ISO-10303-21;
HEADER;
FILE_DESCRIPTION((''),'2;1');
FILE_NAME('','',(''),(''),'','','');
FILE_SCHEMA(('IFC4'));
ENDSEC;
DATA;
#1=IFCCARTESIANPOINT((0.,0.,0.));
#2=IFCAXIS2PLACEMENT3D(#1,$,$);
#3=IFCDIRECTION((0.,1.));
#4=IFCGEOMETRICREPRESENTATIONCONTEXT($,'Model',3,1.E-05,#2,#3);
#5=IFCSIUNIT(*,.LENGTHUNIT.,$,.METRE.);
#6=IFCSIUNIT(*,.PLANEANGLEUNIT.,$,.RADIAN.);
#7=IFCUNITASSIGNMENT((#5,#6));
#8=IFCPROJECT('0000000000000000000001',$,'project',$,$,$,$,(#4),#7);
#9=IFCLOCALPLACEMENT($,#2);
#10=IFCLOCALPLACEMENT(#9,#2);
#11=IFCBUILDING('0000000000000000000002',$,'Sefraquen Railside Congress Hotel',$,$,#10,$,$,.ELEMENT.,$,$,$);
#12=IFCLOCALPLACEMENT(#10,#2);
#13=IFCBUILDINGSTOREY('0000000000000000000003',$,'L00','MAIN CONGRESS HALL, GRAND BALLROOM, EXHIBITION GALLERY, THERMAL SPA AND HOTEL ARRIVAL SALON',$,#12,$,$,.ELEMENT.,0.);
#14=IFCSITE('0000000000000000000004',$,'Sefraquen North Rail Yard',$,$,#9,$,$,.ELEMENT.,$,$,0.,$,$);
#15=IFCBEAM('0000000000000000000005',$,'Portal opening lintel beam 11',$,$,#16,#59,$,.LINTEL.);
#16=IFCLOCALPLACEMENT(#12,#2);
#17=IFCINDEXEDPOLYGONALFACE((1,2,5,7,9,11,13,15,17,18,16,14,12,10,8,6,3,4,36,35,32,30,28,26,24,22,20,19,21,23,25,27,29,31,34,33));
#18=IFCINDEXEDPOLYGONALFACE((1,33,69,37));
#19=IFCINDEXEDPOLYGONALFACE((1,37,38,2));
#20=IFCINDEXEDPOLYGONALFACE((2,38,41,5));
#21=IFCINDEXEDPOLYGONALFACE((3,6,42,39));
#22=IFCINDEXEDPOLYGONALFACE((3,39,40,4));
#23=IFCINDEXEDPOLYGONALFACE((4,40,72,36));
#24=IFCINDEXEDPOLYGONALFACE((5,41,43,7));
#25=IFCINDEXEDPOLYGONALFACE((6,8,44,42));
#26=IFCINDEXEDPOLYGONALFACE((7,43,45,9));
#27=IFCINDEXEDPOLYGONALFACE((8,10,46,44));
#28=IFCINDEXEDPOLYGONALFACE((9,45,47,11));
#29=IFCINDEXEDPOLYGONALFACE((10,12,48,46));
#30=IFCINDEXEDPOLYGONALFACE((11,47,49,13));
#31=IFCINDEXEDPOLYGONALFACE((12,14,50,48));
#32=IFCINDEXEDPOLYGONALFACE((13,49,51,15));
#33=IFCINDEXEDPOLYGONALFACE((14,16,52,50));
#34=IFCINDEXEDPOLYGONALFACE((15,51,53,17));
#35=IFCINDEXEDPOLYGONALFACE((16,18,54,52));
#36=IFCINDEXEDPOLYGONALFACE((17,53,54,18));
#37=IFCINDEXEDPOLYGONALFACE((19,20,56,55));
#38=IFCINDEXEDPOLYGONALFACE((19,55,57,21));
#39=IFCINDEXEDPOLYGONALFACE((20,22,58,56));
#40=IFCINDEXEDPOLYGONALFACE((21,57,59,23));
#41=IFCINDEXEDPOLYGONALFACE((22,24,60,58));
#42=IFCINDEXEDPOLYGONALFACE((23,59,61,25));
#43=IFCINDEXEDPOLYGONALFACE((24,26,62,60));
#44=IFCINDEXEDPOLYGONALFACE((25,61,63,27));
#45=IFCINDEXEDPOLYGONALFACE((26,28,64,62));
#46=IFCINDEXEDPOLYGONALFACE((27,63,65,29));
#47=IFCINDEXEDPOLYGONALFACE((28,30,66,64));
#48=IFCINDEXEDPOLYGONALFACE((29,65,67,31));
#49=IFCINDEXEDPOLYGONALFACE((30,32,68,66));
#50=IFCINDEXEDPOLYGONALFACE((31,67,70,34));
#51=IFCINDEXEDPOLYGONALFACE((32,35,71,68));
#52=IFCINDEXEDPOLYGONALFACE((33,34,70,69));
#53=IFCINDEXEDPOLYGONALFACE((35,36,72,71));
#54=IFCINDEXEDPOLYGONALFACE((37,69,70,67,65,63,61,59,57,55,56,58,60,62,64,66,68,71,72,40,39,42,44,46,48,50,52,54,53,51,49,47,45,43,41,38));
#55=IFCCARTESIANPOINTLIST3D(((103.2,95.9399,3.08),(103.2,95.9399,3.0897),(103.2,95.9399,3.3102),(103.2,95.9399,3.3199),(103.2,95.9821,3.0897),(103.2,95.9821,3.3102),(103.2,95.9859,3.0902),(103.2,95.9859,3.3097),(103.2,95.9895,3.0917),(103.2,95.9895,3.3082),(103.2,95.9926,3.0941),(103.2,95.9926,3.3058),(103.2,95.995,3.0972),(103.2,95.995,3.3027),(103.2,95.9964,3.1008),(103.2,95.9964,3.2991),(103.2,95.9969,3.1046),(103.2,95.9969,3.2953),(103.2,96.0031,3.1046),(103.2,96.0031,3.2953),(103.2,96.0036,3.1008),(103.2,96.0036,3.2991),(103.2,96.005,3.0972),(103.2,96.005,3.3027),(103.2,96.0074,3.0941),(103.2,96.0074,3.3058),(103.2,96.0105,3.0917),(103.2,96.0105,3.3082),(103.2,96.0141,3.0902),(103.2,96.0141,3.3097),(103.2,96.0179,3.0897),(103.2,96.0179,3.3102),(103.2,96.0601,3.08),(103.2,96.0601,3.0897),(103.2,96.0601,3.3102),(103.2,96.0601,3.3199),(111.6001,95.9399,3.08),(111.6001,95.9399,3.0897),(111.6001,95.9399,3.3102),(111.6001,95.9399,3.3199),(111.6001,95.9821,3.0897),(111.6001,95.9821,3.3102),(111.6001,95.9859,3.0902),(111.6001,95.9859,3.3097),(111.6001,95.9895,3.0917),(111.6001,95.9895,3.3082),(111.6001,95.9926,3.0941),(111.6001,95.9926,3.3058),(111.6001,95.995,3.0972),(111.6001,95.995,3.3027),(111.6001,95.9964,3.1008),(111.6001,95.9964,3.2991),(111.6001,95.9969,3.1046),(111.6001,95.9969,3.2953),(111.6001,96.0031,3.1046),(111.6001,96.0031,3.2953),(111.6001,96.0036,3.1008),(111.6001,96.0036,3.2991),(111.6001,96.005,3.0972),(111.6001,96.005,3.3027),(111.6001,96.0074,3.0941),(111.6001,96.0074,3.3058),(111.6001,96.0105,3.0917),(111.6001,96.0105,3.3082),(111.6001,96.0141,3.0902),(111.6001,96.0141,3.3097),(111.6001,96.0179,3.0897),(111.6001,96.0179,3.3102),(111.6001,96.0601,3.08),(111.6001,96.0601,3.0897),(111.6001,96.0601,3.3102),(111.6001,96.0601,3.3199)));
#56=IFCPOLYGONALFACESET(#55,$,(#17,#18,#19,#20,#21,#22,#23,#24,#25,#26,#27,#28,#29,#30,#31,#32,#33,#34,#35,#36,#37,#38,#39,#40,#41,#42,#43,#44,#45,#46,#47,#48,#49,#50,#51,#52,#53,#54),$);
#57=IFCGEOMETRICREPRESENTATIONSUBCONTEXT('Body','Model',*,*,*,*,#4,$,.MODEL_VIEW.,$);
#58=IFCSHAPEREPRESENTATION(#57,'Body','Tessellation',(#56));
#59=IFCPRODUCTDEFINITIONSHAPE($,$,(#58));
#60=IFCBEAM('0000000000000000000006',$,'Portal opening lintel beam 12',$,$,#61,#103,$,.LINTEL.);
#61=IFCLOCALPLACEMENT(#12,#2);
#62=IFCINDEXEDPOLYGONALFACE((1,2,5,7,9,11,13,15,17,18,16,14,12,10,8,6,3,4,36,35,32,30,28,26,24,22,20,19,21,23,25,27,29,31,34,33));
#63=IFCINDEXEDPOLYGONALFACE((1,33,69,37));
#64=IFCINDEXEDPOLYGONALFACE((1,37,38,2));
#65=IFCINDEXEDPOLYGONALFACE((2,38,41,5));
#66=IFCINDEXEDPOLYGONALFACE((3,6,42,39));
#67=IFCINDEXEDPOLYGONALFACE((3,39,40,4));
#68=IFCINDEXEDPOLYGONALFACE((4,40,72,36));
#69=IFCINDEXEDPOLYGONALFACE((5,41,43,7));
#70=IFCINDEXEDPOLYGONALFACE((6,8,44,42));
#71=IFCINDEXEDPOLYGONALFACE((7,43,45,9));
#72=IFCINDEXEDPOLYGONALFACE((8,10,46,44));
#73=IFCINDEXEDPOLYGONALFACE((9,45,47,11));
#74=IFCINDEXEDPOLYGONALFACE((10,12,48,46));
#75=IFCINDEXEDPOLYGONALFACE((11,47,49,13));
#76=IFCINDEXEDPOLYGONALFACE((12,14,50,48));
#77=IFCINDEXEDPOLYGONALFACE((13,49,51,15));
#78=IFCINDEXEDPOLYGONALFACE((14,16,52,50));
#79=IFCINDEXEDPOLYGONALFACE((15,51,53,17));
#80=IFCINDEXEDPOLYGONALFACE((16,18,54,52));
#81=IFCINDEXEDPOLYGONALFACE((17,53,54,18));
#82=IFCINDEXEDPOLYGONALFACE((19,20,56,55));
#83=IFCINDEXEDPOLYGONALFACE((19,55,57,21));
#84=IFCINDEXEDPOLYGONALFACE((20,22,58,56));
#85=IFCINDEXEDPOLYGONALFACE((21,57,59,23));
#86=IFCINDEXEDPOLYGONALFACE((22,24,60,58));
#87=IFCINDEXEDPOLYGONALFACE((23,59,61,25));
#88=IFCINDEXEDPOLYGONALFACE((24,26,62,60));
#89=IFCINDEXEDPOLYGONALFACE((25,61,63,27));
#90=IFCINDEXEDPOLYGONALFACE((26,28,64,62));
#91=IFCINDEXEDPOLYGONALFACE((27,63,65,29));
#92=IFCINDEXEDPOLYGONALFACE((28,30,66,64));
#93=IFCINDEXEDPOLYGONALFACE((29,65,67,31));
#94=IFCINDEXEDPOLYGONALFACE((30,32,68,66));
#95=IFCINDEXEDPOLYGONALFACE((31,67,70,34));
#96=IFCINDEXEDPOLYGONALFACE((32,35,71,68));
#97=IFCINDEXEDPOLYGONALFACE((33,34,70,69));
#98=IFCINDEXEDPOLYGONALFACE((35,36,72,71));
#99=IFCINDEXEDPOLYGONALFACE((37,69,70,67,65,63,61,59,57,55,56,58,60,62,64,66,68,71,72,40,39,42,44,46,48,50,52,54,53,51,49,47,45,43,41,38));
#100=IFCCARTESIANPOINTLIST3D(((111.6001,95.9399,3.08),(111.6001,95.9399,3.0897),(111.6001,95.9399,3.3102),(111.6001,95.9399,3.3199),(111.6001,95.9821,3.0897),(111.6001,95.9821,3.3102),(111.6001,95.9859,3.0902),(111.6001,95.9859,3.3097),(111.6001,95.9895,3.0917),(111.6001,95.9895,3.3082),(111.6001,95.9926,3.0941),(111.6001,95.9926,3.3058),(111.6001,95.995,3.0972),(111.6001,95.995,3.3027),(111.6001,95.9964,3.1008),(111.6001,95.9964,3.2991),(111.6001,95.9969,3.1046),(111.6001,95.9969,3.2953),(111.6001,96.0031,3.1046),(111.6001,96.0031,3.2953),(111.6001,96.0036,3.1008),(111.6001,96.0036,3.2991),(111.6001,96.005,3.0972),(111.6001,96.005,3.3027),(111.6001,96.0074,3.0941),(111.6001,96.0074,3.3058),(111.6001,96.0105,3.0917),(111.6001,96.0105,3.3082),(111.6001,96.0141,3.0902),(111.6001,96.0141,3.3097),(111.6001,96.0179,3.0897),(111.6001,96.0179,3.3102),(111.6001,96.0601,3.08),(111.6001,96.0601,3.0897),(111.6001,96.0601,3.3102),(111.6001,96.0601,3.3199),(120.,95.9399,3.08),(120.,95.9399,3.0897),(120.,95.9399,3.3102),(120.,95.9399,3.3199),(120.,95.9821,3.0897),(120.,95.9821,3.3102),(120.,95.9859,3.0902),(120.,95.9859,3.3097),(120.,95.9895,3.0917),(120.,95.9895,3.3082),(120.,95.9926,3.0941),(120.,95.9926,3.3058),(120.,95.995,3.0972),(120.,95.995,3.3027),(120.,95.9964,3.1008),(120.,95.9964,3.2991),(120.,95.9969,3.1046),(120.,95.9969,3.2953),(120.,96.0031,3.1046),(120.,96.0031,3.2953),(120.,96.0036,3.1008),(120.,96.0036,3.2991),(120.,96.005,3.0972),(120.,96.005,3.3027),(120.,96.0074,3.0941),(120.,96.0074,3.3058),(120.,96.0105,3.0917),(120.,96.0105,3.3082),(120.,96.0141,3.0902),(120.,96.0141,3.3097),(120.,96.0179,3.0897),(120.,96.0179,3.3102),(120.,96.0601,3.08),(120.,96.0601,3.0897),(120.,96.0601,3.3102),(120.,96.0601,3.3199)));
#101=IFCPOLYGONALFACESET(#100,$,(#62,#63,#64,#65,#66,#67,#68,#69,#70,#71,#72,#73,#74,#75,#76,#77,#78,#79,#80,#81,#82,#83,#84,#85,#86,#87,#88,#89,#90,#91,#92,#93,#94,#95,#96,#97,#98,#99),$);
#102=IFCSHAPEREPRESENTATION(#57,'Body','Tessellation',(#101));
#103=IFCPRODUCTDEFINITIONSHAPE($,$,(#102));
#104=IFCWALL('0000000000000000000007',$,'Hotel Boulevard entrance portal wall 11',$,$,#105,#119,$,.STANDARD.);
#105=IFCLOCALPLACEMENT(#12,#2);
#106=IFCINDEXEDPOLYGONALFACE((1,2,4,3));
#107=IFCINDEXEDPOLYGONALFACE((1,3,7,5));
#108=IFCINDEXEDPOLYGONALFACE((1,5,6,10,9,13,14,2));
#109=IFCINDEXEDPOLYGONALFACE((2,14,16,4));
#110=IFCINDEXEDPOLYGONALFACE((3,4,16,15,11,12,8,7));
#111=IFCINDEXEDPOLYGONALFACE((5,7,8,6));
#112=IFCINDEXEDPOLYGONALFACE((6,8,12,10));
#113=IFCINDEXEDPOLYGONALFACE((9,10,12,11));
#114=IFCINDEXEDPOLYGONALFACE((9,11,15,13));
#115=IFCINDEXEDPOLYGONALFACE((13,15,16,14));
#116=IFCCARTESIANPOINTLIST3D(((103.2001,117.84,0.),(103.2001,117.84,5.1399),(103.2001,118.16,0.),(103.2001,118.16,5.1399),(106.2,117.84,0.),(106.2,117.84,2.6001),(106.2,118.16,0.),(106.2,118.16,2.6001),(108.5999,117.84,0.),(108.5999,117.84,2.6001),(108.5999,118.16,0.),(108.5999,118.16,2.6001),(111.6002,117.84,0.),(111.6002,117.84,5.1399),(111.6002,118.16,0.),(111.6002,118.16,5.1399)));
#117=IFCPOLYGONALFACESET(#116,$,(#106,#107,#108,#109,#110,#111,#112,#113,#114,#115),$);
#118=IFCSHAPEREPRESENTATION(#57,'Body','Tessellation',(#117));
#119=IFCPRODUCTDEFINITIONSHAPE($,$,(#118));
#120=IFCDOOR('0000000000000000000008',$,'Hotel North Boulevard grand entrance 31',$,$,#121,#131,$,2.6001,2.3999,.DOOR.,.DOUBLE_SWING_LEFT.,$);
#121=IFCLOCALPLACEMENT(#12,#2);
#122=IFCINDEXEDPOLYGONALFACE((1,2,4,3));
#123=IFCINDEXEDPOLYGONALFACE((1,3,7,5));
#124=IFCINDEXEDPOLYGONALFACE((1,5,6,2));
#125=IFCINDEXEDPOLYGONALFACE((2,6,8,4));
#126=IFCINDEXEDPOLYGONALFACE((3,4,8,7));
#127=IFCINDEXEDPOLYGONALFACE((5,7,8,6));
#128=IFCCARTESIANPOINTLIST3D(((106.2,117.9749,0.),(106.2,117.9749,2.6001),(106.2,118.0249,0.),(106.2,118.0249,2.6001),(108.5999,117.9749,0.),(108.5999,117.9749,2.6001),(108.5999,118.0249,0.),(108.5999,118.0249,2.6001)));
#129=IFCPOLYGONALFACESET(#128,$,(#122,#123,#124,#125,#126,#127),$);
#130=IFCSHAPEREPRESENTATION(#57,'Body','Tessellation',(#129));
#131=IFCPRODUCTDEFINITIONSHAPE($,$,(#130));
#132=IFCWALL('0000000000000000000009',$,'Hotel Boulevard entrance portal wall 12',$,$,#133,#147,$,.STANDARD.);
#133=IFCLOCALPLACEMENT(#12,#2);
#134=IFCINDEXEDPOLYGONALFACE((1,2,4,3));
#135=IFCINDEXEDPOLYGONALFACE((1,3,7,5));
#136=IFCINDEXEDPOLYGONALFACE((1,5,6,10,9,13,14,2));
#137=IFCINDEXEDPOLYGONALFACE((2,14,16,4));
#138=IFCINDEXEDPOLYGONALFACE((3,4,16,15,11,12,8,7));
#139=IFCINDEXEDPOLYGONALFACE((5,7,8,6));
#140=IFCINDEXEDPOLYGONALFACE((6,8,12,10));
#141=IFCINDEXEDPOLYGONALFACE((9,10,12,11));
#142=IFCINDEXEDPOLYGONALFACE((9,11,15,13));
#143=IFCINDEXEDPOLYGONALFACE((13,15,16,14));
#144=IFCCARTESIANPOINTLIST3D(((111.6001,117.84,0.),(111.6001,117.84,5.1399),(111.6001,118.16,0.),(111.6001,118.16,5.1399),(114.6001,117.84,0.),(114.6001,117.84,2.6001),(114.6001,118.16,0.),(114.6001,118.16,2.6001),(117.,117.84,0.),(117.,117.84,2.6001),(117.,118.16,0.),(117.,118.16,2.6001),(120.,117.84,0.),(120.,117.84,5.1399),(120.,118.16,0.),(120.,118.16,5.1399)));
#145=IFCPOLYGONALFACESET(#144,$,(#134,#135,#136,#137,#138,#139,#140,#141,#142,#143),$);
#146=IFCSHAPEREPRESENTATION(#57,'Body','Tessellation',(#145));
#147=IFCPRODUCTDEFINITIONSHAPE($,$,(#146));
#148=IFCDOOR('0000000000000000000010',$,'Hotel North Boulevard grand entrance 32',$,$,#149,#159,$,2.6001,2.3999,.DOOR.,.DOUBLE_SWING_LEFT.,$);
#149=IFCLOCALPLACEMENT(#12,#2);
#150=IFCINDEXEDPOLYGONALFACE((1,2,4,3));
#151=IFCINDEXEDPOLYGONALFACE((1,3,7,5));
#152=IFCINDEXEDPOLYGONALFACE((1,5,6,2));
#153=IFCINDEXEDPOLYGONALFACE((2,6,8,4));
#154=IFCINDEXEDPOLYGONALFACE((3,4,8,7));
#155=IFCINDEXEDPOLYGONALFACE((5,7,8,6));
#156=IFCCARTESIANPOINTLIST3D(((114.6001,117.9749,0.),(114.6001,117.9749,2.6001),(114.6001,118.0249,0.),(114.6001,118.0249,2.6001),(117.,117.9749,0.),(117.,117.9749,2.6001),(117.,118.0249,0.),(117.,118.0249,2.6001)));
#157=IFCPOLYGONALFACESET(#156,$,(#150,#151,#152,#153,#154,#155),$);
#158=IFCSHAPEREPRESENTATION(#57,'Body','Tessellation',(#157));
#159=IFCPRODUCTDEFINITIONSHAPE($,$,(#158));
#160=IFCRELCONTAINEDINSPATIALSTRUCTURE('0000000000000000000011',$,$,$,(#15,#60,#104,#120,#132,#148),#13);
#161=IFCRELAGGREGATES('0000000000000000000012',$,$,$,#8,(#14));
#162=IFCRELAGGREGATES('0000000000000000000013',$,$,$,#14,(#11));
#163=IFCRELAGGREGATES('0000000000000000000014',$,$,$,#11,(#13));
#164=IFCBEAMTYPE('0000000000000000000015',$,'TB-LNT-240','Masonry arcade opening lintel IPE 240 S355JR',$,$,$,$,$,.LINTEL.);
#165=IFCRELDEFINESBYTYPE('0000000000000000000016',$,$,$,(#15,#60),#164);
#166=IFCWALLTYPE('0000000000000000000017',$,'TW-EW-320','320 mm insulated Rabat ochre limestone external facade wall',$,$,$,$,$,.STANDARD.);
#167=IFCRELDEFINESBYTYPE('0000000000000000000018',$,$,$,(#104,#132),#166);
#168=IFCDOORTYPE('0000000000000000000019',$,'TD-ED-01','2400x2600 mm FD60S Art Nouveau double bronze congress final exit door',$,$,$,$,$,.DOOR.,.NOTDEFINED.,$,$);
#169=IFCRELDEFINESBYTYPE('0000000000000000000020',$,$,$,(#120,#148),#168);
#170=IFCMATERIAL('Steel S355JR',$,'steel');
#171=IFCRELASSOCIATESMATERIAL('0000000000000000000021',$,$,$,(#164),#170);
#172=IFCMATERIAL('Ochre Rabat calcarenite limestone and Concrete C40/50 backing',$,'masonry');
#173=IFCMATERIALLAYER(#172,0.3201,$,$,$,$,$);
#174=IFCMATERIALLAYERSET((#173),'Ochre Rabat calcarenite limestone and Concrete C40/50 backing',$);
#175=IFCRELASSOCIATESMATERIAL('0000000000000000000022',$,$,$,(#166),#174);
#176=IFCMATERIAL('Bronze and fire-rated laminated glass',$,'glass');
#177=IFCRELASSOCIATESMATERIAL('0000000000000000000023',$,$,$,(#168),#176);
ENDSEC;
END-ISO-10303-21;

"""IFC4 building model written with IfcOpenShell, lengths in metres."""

from ifc_helpers import new_model, si_unit, direction, frame, frame_2d, origin, origin_2d, place, context, subcontext, project, spatial, rectangle, i_section, extrude, material, layer, layer_set, material_profile, profile_set, type_object, element, fill, save


model = new_model("IFC4")

# Units and contexts
model_context = context("Model", 3, precision=1e-05, world=origin(), true_north=direction((0.0, 1.0)))
body_context = subcontext(model_context, "Body", "Model", "MODEL_VIEW")
ifc_project = project(units=[si_unit("LENGTHUNIT", "METRE"), si_unit("PLANEANGLEUNIT", "RADIAN")], contexts=[model_context])

# Site, building, storey
site_placement = place(None, origin())
site = spatial("IfcSite", under=ifc_project, at=site_placement, Name="Sefraquen North Rail Yard", CompositionType="ELEMENT", RefElevation=0.0)
building_placement = place(site_placement, origin())
building = spatial("IfcBuilding", under=site, at=building_placement, Name="Sefraquen Railside Congress Hotel", CompositionType="ELEMENT")
storey_placement = place(building_placement, origin())
storey = spatial("IfcBuildingStorey", under=building, at=storey_placement, Name="L00", Description="MAIN CONGRESS HALL, GRAND BALLROOM, EXHIBITION GALLERY, THERMAL SPA AND HOTEL ARRIVAL SALON", CompositionType="ELEMENT", Elevation=0.0)

# Shared definitions
ifc_material_1 = material(Name="Steel S355JR", Category="steel")

# Beams
ifc_material_profile_1 = material_profile(ifc_material_1, i_section(OverallWidth=0.1201, OverallDepth=0.24, WebThickness=0.0061, FlangeThickness=0.0098, FilletRadius=0.0149, at=origin_2d()), Name="IPE 240")
ifc_profile_set_1 = profile_set([ifc_material_profile_1], Name="Steel S355JR")
beam_type_1 = type_object("IfcBeamType", Name="TB-LNT-240", Description="Masonry arcade opening lintel IPE 240 S355JR", PredefinedType="LINTEL", material=ifc_profile_set_1)
beam_1_placement = place(storey_placement, frame((103.2, 96.0, 3.2), z_axis=(1.0, 0.0, 0.0), x_axis=(0.0, 1.0, 0.0)))
element("IfcBeam", 1, at=beam_1_placement, inside=storey, type_object=beam_type_1, Name="Portal opening lintel beam 11", PredefinedType="LINTEL", context=body_context, shape_type="SweptSolid", body=[
    extrude(i_section(OverallWidth=0.1201, OverallDepth=0.24, WebThickness=0.0061, FlangeThickness=0.0098, FilletRadius=0.0149, at=origin_2d()), origin(), (0.0, 0.0, 1.0), 8.4001),
])
beam_2_placement = place(storey_placement, frame((111.6001, 96.0, 3.2), z_axis=(1.0, 0.0, 0.0), x_axis=(0.0, 1.0, 0.0)))
element("IfcBeam", 2, at=beam_2_placement, inside=storey, type_object=beam_type_1, Name="Portal opening lintel beam 12", PredefinedType="LINTEL", context=body_context, shape_type="SweptSolid", body=[
    extrude(i_section(OverallWidth=0.1201, OverallDepth=0.24, WebThickness=0.0061, FlangeThickness=0.0098, FilletRadius=0.0149, at=origin_2d()), origin(), (0.0, 0.0, 1.0), 8.3999),
])

# Walls, openings, doors
ifc_material_2 = material(Name="Ochre Rabat calcarenite limestone and Concrete C40/50 backing", Category="masonry")
ifc_layer = layer(ifc_material_2, 0.3201)
ifc_layer_set = layer_set([ifc_layer], Name="Ochre Rabat calcarenite limestone and Concrete C40/50 backing")
wall_type = type_object("IfcWallType", Name="TW-EW-320", Description="320 mm insulated Rabat ochre limestone external facade wall", PredefinedType="STANDARD", material=ifc_layer_set)
wall_1_placement = place(storey_placement, frame((103.2, 118.0, 0.0), z_axis=(0.0, 0.0, 1.0), x_axis=(1.0, 0.0, 0.0)))
wall_1 = element("IfcWall", 3, at=wall_1_placement, inside=storey, type_object=wall_type, Name="Hotel Boulevard entrance portal wall 11", PredefinedType="STANDARD", context=body_context, shape_type="SweptSolid", body=[
    extrude(rectangle(XDim=8.4001, YDim=0.3201, at=frame_2d((4.2002, 0.0))), origin(), (0.0, 0.0, 1.0), 5.1399),
])
opening_1_placement = place(wall_1_placement, frame((3.0, 0.0, 0.0)))
opening_1 = element("IfcOpeningElement", 4, at=opening_1_placement, cuts=wall_1, PredefinedType="OPENING", context=body_context, shape_type="SweptSolid", body=[
    extrude(rectangle(XDim=2.3999, YDim=2.6001, at=frame_2d((1.2, 1.3))), frame((0.0, 0.1699, 0.0), z_axis=(0.0, -1.0, 0.0), x_axis=(1.0, 0.0, 0.0)), (0.0, 0.0, 1.0), 0.3401),
])
ifc_material_3 = material(Name="Bronze and fire-rated laminated glass", Category="glass")
door_type = type_object("IfcDoorType", Name="TD-ED-01", Description="2400x2600 mm FD60S Art Nouveau double bronze congress final exit door", OperationType="NOTDEFINED", PredefinedType="DOOR", material=ifc_material_3)
door_1_placement = place(opening_1_placement, origin())
door_1 = element("IfcDoor", 5, at=door_1_placement, inside=storey, type_object=door_type, Name="Hotel North Boulevard grand entrance 31", OperationType="DOUBLE_SWING_LEFT", OverallHeight=2.6001, OverallWidth=2.3999, PredefinedType="DOOR", context=body_context, shape_type="SweptSolid", body=[
    extrude(rectangle(XDim=2.3999, YDim=2.6001, at=frame_2d((1.2, 1.3))), frame((0.0, 0.0249, 0.0), z_axis=(0.0, -1.0, 0.0), x_axis=(1.0, 0.0, 0.0)), (0.0, 0.0, 1.0), 0.05),
])
fill(opening_1, door_1)
wall_2_placement = place(storey_placement, frame((111.6001, 118.0, 0.0), z_axis=(0.0, 0.0, 1.0), x_axis=(1.0, 0.0, 0.0)))
wall_2 = element("IfcWall", 6, at=wall_2_placement, inside=storey, type_object=wall_type, Name="Hotel Boulevard entrance portal wall 12", PredefinedType="STANDARD", context=body_context, shape_type="SweptSolid", body=[
    extrude(rectangle(XDim=8.3999, YDim=0.3201, at=frame_2d((4.2, 0.0))), origin(), (0.0, 0.0, 1.0), 5.1399),
])
opening_2_placement = place(wall_2_placement, frame((3.0, 0.0, 0.0)))
opening_2 = element("IfcOpeningElement", 7, at=opening_2_placement, cuts=wall_2, PredefinedType="OPENING", context=body_context, shape_type="SweptSolid", body=[
    extrude(rectangle(XDim=2.3999, YDim=2.6001, at=frame_2d((1.2, 1.3))), frame((0.0, 0.1699, 0.0), z_axis=(0.0, -1.0, 0.0), x_axis=(1.0, 0.0, 0.0)), (0.0, 0.0, 1.0), 0.3401),
])
door_2_placement = place(opening_2_placement, origin())
door_2 = element("IfcDoor", 8, at=door_2_placement, inside=storey, type_object=door_type, Name="Hotel North Boulevard grand entrance 32", OperationType="DOUBLE_SWING_LEFT", OverallHeight=2.6001, OverallWidth=2.3999, PredefinedType="DOOR", context=body_context, shape_type="SweptSolid", body=[
    extrude(rectangle(XDim=2.3999, YDim=2.6001, at=frame_2d((1.2, 1.3))), frame((0.0, 0.0249, 0.0), z_axis=(0.0, -1.0, 0.0), x_axis=(1.0, 0.0, 0.0)), (0.0, 0.0, 1.0), 0.05),
])
fill(opening_2, door_2)

save(model, "model.ifc")
